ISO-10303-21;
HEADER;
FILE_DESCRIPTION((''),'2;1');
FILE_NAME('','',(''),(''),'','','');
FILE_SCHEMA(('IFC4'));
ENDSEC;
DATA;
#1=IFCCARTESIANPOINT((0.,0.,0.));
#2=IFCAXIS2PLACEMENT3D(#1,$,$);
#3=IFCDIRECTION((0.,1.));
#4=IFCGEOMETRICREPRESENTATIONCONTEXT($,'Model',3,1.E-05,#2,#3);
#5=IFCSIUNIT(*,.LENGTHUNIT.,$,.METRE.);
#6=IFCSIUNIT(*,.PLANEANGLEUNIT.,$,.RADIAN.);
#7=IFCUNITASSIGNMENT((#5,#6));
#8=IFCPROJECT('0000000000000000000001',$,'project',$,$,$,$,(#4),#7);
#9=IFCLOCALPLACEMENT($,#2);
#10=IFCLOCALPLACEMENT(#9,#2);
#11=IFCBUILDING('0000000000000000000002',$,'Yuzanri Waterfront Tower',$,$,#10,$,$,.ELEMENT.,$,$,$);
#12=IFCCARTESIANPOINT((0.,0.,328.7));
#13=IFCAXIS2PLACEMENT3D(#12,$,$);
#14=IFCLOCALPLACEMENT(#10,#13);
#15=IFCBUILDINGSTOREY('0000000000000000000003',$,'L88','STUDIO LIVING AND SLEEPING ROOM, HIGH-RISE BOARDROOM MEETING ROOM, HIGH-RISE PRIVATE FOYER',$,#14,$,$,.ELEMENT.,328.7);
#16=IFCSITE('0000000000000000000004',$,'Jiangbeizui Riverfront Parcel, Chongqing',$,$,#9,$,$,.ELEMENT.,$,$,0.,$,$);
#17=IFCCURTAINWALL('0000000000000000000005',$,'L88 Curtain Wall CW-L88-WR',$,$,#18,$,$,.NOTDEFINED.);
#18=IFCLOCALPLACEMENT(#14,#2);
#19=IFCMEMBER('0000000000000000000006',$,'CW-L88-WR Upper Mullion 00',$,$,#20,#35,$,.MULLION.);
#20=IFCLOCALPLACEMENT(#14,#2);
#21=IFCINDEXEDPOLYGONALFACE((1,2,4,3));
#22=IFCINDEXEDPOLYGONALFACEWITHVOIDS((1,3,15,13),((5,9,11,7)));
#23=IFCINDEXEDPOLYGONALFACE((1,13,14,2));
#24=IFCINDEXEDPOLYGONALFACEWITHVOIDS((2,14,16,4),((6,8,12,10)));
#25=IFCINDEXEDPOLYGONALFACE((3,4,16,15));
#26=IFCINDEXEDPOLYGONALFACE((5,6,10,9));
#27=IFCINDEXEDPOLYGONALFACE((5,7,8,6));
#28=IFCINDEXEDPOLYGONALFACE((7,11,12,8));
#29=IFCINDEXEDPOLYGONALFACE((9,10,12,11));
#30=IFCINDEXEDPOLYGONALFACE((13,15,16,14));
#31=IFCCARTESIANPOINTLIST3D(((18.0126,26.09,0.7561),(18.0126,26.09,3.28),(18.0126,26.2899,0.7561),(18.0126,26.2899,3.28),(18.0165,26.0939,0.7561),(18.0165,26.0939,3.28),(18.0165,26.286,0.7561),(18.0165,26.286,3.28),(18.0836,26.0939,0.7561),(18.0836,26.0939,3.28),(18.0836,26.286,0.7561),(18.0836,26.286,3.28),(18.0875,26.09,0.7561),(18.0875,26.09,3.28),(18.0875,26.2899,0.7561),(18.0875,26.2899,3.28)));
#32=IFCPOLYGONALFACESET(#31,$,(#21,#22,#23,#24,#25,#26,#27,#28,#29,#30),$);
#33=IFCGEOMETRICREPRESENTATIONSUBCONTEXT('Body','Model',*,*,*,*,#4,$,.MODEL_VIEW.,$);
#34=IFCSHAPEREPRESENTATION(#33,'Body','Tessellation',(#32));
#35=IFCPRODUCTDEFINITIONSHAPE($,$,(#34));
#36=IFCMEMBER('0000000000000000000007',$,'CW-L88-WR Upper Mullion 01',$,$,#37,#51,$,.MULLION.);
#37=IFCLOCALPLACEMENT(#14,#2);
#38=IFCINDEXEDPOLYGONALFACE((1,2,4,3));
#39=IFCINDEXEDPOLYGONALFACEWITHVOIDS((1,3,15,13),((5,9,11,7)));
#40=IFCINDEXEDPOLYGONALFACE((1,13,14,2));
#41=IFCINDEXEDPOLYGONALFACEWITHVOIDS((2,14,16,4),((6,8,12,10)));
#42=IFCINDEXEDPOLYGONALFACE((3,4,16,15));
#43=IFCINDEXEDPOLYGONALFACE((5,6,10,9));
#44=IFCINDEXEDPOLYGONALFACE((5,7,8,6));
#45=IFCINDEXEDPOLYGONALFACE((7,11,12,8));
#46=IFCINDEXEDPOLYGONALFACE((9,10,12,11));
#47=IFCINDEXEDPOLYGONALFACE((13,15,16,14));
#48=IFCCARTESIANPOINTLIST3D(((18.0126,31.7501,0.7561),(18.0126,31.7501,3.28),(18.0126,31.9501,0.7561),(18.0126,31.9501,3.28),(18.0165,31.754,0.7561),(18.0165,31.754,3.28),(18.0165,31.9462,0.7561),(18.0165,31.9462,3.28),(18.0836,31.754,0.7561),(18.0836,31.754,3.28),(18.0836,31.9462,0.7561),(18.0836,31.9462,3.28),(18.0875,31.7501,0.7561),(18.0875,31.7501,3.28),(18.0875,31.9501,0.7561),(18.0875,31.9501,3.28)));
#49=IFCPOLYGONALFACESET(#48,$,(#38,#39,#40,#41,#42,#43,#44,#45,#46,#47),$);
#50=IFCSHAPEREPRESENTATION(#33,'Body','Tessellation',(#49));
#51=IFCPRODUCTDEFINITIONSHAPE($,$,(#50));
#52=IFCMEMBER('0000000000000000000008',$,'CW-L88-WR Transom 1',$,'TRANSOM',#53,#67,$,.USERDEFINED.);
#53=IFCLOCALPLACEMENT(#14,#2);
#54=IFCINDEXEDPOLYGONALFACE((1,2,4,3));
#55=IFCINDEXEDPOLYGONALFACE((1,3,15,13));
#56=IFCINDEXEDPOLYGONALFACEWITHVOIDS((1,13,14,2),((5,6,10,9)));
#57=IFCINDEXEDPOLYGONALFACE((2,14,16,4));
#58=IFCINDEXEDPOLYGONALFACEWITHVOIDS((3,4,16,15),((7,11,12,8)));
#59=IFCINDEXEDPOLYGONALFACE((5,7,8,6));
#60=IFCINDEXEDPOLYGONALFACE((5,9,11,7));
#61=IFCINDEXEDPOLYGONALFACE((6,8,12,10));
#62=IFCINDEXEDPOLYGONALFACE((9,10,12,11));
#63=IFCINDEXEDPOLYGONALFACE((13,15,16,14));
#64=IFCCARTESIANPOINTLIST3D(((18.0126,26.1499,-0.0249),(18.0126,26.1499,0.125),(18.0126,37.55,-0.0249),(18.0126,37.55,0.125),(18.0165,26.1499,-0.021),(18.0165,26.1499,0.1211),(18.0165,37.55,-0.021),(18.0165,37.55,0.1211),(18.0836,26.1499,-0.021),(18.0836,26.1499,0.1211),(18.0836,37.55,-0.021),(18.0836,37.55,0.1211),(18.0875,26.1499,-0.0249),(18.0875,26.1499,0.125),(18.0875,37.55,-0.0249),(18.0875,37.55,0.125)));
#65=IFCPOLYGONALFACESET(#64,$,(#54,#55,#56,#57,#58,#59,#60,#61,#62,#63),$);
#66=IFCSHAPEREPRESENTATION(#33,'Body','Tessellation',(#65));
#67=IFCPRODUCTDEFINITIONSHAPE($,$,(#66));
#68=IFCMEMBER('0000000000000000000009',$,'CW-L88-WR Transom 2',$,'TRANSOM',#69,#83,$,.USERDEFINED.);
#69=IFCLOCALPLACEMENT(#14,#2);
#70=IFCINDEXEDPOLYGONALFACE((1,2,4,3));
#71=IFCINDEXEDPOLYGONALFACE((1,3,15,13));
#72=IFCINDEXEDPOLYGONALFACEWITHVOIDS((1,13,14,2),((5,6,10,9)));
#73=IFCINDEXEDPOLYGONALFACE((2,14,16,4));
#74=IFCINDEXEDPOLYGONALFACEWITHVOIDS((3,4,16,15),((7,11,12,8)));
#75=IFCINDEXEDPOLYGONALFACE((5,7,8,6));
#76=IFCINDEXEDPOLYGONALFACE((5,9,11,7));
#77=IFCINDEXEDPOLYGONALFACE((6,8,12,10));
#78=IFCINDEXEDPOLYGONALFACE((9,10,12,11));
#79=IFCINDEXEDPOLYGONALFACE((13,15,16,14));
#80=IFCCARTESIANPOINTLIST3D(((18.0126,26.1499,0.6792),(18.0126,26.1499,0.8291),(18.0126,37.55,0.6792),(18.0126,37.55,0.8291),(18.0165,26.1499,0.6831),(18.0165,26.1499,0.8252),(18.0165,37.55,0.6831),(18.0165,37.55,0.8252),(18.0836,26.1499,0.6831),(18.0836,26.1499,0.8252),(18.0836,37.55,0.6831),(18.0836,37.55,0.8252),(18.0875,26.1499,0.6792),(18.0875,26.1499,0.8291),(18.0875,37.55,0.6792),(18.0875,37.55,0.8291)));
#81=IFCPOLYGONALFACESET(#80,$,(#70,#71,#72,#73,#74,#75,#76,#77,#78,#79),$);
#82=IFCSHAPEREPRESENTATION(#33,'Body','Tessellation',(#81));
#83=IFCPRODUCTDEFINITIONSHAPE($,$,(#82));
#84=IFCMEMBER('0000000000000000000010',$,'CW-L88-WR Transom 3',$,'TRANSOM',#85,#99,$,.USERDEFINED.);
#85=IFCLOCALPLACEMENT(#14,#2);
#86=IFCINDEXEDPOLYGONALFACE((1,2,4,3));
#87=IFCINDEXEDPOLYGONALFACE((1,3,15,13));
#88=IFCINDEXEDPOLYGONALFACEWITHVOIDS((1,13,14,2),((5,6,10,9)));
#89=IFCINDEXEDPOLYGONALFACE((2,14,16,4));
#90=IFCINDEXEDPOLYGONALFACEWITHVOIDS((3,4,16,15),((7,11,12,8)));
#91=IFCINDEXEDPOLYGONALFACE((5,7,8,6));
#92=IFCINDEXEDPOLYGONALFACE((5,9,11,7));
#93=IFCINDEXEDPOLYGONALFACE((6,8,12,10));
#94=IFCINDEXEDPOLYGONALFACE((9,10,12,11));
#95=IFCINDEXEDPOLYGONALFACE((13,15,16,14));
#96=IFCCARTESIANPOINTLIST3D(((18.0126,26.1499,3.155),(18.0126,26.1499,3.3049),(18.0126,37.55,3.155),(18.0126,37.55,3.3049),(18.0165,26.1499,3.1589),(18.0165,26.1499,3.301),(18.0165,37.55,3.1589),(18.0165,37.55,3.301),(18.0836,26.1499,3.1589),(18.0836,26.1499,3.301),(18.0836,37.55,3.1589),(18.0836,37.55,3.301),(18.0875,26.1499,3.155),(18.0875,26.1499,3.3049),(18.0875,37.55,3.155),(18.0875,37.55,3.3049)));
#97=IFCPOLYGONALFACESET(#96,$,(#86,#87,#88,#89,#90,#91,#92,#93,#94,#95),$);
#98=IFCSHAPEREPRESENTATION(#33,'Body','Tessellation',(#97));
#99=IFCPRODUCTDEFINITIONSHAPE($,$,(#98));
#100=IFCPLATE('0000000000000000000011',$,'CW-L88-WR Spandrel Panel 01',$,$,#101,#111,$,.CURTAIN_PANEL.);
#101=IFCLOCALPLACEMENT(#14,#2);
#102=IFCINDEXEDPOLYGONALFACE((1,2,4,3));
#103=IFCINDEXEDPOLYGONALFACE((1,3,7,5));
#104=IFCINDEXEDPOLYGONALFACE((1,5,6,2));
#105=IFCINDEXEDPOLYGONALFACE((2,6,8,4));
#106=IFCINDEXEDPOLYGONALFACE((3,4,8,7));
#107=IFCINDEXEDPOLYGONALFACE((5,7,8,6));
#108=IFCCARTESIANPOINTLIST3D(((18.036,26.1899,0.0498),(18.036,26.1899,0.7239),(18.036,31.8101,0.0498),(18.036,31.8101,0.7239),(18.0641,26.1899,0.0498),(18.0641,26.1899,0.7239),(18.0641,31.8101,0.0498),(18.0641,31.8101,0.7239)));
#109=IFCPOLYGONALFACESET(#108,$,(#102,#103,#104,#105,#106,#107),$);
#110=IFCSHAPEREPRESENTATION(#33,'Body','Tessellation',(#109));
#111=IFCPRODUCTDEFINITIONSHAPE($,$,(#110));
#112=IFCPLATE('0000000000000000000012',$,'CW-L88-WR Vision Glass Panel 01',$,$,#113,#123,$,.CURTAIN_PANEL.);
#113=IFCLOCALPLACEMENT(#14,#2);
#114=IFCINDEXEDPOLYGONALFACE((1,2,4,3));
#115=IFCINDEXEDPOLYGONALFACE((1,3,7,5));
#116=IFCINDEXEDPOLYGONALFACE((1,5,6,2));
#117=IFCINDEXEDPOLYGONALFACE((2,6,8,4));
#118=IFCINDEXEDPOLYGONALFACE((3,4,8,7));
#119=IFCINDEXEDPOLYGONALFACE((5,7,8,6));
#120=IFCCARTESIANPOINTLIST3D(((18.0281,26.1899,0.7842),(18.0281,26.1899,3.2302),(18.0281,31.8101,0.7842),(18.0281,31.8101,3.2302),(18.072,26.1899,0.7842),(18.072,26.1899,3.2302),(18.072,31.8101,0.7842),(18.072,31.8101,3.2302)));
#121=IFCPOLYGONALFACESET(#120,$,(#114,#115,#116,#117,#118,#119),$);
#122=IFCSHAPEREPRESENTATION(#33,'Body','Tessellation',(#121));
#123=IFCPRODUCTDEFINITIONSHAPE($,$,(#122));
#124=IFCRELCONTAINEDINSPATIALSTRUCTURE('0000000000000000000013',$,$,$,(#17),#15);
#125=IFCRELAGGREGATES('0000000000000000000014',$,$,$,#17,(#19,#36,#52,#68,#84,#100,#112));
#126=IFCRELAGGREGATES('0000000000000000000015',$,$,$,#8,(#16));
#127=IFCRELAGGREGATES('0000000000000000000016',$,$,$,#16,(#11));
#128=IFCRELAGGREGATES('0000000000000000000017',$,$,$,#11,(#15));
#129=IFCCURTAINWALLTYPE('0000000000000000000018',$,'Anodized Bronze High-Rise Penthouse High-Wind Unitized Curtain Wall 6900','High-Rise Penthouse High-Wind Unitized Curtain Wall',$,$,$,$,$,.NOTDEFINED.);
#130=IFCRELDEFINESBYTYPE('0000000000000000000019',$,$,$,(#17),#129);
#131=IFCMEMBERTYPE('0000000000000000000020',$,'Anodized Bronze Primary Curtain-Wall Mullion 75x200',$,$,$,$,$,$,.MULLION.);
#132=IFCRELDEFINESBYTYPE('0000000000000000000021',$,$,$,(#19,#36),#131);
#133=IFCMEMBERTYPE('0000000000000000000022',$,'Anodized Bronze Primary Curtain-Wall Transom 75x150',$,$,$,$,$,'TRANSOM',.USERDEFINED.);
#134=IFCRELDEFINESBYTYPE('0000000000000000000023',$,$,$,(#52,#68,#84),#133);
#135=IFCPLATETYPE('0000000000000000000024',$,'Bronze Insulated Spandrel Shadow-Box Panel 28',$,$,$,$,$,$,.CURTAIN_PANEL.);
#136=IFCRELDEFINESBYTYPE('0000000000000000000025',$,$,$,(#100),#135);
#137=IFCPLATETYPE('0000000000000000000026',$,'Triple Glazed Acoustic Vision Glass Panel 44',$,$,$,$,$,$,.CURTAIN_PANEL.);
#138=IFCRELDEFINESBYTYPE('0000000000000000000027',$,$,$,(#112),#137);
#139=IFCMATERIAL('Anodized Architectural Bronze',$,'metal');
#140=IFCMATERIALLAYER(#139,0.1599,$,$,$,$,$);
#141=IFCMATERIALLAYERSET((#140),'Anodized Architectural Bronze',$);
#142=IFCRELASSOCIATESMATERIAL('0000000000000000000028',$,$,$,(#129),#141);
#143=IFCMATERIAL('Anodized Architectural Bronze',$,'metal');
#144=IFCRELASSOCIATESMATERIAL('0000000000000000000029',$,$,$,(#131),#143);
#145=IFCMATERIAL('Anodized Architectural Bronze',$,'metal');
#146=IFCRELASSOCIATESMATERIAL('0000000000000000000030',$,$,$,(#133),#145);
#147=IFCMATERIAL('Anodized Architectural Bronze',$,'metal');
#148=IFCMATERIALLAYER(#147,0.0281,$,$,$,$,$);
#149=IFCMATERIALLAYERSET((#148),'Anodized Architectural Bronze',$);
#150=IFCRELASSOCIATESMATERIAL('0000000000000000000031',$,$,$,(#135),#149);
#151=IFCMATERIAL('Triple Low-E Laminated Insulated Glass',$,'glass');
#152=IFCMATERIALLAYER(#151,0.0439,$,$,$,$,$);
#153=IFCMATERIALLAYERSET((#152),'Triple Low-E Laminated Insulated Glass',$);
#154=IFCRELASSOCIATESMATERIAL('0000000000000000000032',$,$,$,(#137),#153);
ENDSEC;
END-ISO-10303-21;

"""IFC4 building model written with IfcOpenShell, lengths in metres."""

from ifc_helpers import new_model, si_unit, direction, frame, origin, origin_2d, place, context, subcontext, project, spatial, rectangle, hollow_rectangle, extrude, source, transform, mapped, material, layer, layer_set, material_profile, profile_set, type_object, element, aggregate, save


model = new_model("IFC4")

# Units and contexts
model_context = context("Model", 3, precision=1e-05, world=origin(), true_north=direction((0.0, 1.0)))
body_context = subcontext(model_context, "Body", "Model", "MODEL_VIEW")
ifc_project = project(units=[si_unit("LENGTHUNIT", "METRE"), si_unit("PLANEANGLEUNIT", "RADIAN")], contexts=[model_context])

# Site, building, storey
site_placement = place(None, origin())
site = spatial("IfcSite", under=ifc_project, at=site_placement, Name="Jiangbeizui Riverfront Parcel, Chongqing", CompositionType="ELEMENT", RefElevation=0.0)
building_placement = place(site_placement, origin())
building = spatial("IfcBuilding", under=site, at=building_placement, Name="Yuzanri Waterfront Tower", CompositionType="ELEMENT")
storey_placement = place(building_placement, frame((0.0, 0.0, 328.7)))
storey = spatial("IfcBuildingStorey", under=building, at=storey_placement, Name="L88", Description="STUDIO LIVING AND SLEEPING ROOM, HIGH-RISE BOARDROOM MEETING ROOM, HIGH-RISE PRIVATE FOYER", CompositionType="ELEMENT", Elevation=328.7)

# Shared definitions
ifc_material_1 = material(Name="Anodized Architectural Bronze", Category="metal")
ifc_layer_1 = layer(ifc_material_1, 0.1599)
ifc_layer_set_1 = layer_set([ifc_layer_1], Name="Anodized Architectural Bronze")
curtain_wall_type = type_object("IfcCurtainWallType", Name="Anodized Bronze High-Rise Penthouse High-Wind Unitized Curtain Wall 6900", Description="High-Rise Penthouse High-Wind Unitized Curtain Wall", PredefinedType="NOTDEFINED", material=ifc_layer_set_1)
ifc_material_2 = material(Name="Anodized Architectural Bronze", Category="metal")
ifc_material_profile_1 = material_profile(ifc_material_2, hollow_rectangle(XDim=0.075, YDim=0.2, WallThickness=0.0039, at=origin_2d()), Name="CWM 75x200")
ifc_profile_set_1 = profile_set([ifc_material_profile_1], Name="Anodized Architectural Bronze")
member_type_1 = type_object("IfcMemberType", Name="Anodized Bronze Primary Curtain-Wall Mullion 75x200", PredefinedType="MULLION", material=ifc_profile_set_1)

# Curtain wall
curtain_wall_1_placement = place(storey_placement, origin())
curtain_wall_1 = element("IfcCurtainWall", 1, at=curtain_wall_1_placement, inside=storey, type_object=curtain_wall_type, Name="L88 Curtain Wall CW-L88-WR", PredefinedType="NOTDEFINED")

# Members
shared_shape_1 = source(origin(), body_context, "Body", "SweptSolid", [
    extrude(hollow_rectangle(XDim=0.075, YDim=0.2, WallThickness=0.0039, at=origin_2d()), origin(), (0.0, 0.0, 1.0), 2.5239),
])
member_1_placement = place(storey_placement, frame((18.05, 26.1899, 0.7561), z_axis=(0.0, 0.0, 1.0), x_axis=(1.0, 0.0, 0.0)))
member_1 = element("IfcMember", 2, at=member_1_placement, type_object=member_type_1, Name="CW-L88-WR Upper Mullion 00", PredefinedType="MULLION", context=body_context, shape_type="MappedRepresentation", body=[
    mapped(shared_shape_1, transform((0.0, 0.0, 0.0), scale=1.0)),
])
member_2_placement = place(storey_placement, frame((18.05, 31.8501, 0.7561), z_axis=(0.0, 0.0, 1.0), x_axis=(1.0, 0.0, 0.0)))
member_2 = element("IfcMember", 3, at=member_2_placement, type_object=member_type_1, Name="CW-L88-WR Upper Mullion 01", PredefinedType="MULLION", context=body_context, shape_type="MappedRepresentation", body=[
    mapped(shared_shape_1, transform((0.0, 0.0, 0.0), scale=1.0)),
])
ifc_material_3 = material(Name="Anodized Architectural Bronze", Category="metal")
ifc_material_profile_2 = material_profile(ifc_material_3, hollow_rectangle(XDim=0.075, YDim=0.1499, WallThickness=0.0039, at=origin_2d()), Name="CWT 75x150")
ifc_profile_set_2 = profile_set([ifc_material_profile_2], Name="Anodized Architectural Bronze")
member_type_2 = type_object("IfcMemberType", Name="Anodized Bronze Primary Curtain-Wall Transom 75x150", ElementType="TRANSOM", PredefinedType="USERDEFINED", material=ifc_profile_set_2)
shared_shape_2 = source(origin(), body_context, "Body", "SweptSolid", [
    extrude(hollow_rectangle(XDim=0.075, YDim=0.1499, WallThickness=0.0039, at=origin_2d()), origin(), (0.0, 0.0, 1.0), 11.4001),
])
member_3_placement = place(storey_placement, frame((18.05, 26.1499, 0.05), z_axis=(0.0, 1.0, 0.0), x_axis=(-1.0, 0.0, 0.0)))
member_3 = element("IfcMember", 4, at=member_3_placement, type_object=member_type_2, Name="CW-L88-WR Transom 1", ObjectType="TRANSOM", PredefinedType="USERDEFINED", context=body_context, shape_type="MappedRepresentation", body=[
    mapped(shared_shape_2, transform((0.0, 0.0, 0.0), scale=1.0)),
])
member_4_placement = place(storey_placement, frame((18.05, 26.1499, 0.7542), z_axis=(0.0, 1.0, 0.0), x_axis=(-1.0, 0.0, 0.0)))
member_4 = element("IfcMember", 5, at=member_4_placement, type_object=member_type_2, Name="CW-L88-WR Transom 2", ObjectType="TRANSOM", PredefinedType="USERDEFINED", context=body_context, shape_type="MappedRepresentation", body=[
    mapped(shared_shape_2, transform((0.0, 0.0, 0.0), scale=1.0)),
])
member_5_placement = place(storey_placement, frame((18.05, 26.1499, 3.23), z_axis=(0.0, 1.0, 0.0), x_axis=(-1.0, 0.0, 0.0)))
member_5 = element("IfcMember", 6, at=member_5_placement, type_object=member_type_2, Name="CW-L88-WR Transom 3", ObjectType="TRANSOM", PredefinedType="USERDEFINED", context=body_context, shape_type="MappedRepresentation", body=[
    mapped(shared_shape_2, transform((0.0, 0.0, 0.0), scale=1.0)),
])

# Plates
ifc_material_4 = material(Name="Anodized Architectural Bronze", Category="metal")
ifc_layer_2 = layer(ifc_material_4, 0.0281)
ifc_layer_set_2 = layer_set([ifc_layer_2], Name="Anodized Architectural Bronze")
plate_type_1 = type_object("IfcPlateType", Name="Bronze Insulated Spandrel Shadow-Box Panel 28", PredefinedType="CURTAIN_PANEL", material=ifc_layer_set_2)
shared_shape_3 = source(origin(), body_context, "Body", "SweptSolid", [
    extrude(rectangle(XDim=5.6201, YDim=0.0281, at=origin_2d()), origin(), (0.0, 0.0, 1.0), 0.6741),
])
plate_1_placement = place(storey_placement, frame((18.05, 29.0, 0.0498), z_axis=(0.0, 0.0, 1.0), x_axis=(0.0, 1.0, 0.0)))
plate_1 = element("IfcPlate", 7, at=plate_1_placement, type_object=plate_type_1, Name="CW-L88-WR Spandrel Panel 01", PredefinedType="CURTAIN_PANEL", context=body_context, shape_type="MappedRepresentation", body=[
    mapped(shared_shape_3, transform((0.0, 0.0, 0.0), scale=1.0)),
])
ifc_material_5 = material(Name="Triple Low-E Laminated Insulated Glass", Category="glass")
ifc_layer_3 = layer(ifc_material_5, 0.0439)
ifc_layer_set_3 = layer_set([ifc_layer_3], Name="Triple Low-E Laminated Insulated Glass")
plate_type_2 = type_object("IfcPlateType", Name="Triple Glazed Acoustic Vision Glass Panel 44", PredefinedType="CURTAIN_PANEL", material=ifc_layer_set_3)
shared_shape_4 = source(origin(), body_context, "Body", "SweptSolid", [
    extrude(rectangle(XDim=5.6201, YDim=0.0439, at=origin_2d()), origin(), (0.0, 0.0, 1.0), 2.446),
])
plate_2_placement = place(storey_placement, frame((18.05, 29.0, 0.7842), z_axis=(0.0, 0.0, 1.0), x_axis=(0.0, 1.0, 0.0)))
plate_2 = element("IfcPlate", 8, at=plate_2_placement, type_object=plate_type_2, Name="CW-L88-WR Vision Glass Panel 01", PredefinedType="CURTAIN_PANEL", context=body_context, shape_type="MappedRepresentation", body=[
    mapped(shared_shape_4, transform((0.0, 0.0, 0.0), scale=1.0)),
])
aggregate(curtain_wall_1, [member_1, member_2, member_3, member_4, member_5, plate_1, plate_2])

save(model, "model.ifc")
